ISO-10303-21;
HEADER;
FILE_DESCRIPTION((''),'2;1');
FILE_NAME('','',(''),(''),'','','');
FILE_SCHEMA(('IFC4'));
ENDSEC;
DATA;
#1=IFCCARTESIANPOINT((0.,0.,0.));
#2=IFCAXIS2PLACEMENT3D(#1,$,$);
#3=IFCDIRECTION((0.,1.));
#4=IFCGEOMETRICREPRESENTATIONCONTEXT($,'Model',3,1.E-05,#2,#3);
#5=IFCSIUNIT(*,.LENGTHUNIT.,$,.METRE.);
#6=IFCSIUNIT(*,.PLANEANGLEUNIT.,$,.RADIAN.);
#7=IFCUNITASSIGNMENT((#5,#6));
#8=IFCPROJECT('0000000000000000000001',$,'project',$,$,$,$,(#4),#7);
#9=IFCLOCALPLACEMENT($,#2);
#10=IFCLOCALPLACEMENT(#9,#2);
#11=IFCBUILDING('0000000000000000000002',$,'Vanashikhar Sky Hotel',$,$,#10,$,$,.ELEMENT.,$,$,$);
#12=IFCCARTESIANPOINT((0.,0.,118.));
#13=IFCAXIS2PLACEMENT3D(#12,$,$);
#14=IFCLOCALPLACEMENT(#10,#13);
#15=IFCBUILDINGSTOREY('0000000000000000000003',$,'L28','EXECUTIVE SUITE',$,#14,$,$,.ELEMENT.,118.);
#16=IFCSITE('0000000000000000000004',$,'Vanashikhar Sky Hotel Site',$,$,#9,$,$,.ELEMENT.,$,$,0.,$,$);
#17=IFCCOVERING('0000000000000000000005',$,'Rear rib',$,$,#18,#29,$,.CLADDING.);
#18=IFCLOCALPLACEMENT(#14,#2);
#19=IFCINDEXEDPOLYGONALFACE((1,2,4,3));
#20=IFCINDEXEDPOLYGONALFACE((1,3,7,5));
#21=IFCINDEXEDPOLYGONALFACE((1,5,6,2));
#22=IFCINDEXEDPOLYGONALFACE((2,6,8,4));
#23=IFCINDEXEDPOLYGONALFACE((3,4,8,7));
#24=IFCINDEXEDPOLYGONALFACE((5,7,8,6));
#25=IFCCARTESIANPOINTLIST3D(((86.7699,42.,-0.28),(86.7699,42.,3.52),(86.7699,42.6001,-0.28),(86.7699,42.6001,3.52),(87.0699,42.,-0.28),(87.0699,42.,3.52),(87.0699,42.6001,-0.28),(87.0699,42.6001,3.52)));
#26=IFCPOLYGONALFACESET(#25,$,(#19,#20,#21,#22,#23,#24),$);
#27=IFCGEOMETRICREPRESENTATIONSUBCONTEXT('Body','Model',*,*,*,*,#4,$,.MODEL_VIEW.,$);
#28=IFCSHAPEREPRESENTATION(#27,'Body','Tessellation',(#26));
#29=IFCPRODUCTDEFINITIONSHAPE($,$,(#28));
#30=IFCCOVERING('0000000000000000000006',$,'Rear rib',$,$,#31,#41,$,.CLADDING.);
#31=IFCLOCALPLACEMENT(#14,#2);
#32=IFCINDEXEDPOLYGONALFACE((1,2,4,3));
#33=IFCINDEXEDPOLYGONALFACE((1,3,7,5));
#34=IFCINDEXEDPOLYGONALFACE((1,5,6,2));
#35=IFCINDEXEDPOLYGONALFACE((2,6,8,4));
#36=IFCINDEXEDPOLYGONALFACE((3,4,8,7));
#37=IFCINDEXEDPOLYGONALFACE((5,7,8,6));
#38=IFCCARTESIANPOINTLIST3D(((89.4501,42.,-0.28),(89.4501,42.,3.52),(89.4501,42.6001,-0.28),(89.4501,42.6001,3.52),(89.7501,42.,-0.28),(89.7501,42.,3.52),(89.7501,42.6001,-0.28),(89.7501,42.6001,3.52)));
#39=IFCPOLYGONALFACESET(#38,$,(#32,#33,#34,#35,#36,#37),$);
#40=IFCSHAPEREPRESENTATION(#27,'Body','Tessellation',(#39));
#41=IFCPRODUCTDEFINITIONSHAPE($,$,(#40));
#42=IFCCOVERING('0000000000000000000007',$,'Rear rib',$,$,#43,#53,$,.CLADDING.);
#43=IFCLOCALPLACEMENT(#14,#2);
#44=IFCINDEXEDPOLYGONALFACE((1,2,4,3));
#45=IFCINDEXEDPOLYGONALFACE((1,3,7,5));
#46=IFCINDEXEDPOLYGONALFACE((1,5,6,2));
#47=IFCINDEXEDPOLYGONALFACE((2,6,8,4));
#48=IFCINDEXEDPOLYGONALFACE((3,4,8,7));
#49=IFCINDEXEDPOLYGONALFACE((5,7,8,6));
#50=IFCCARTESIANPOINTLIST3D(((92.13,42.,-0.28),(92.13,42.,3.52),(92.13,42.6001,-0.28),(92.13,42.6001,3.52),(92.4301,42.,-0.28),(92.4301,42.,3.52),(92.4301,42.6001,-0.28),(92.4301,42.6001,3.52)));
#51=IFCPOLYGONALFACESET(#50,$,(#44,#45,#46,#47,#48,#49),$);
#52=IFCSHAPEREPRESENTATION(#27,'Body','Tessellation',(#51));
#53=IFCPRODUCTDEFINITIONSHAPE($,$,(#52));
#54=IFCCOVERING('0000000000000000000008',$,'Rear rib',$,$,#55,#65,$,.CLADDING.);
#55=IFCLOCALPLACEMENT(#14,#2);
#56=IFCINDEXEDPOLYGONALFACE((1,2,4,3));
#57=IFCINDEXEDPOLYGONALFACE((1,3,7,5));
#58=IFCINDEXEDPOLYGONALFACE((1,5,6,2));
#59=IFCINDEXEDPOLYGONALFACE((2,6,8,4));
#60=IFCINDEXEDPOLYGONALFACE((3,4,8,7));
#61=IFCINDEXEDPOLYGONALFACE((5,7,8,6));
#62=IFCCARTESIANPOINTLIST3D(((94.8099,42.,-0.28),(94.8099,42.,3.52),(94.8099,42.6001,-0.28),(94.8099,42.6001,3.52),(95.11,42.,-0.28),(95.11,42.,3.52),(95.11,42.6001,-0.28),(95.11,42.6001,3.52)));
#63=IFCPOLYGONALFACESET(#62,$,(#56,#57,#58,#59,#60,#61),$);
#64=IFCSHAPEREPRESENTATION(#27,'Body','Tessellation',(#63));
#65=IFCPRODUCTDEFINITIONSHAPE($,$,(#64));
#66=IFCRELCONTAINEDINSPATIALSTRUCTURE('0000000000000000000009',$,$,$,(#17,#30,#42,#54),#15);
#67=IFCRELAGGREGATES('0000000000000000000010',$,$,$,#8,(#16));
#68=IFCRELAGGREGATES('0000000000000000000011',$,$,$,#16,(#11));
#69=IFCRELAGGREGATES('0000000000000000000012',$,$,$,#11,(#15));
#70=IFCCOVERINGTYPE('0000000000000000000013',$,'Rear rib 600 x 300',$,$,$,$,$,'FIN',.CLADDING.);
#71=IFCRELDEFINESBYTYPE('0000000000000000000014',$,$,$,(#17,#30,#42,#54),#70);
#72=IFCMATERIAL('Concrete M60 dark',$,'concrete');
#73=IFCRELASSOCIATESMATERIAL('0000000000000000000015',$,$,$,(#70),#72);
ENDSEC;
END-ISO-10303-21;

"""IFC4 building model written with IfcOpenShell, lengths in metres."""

from ifc_helpers import new_model, si_unit, direction, frame, origin, origin_2d, place, context, subcontext, project, spatial, rectangle, extrude, source, transform, mapped, material, material_profile, profile_set, type_object, element, save


model = new_model("IFC4")

# Units and contexts
model_context = context("Model", 3, precision=1e-05, world=origin(), true_north=direction((0.0, 1.0)))
body_context = subcontext(model_context, "Body", "Model", "MODEL_VIEW")
ifc_project = project(units=[si_unit("LENGTHUNIT", "METRE"), si_unit("PLANEANGLEUNIT", "RADIAN")], contexts=[model_context])

# Site, building, storey
site_placement = place(None, origin())
site = spatial("IfcSite", under=ifc_project, at=site_placement, Name="Vanashikhar Sky Hotel Site", CompositionType="ELEMENT", RefElevation=0.0)
building_placement = place(site_placement, origin())
building = spatial("IfcBuilding", under=site, at=building_placement, Name="Vanashikhar Sky Hotel", CompositionType="ELEMENT")
storey_placement = place(building_placement, frame((0.0, 0.0, 118.0)))
storey = spatial("IfcBuildingStorey", under=building, at=storey_placement, Name="L28", Description="EXECUTIVE SUITE", CompositionType="ELEMENT", Elevation=118.0)

# Coverings
ifc_material_1 = material(Name="Concrete M60 dark", Category="concrete")
ifc_material_profile_1 = material_profile(ifc_material_1, rectangle(XDim=0.6001, YDim=0.3, at=origin_2d()))
ifc_profile_set_1 = profile_set([ifc_material_profile_1], Name="Rear rib 600 x 300")
covering_type = type_object("IfcCoveringType", Name="Rear rib 600 x 300", ElementType="FIN", PredefinedType="CLADDING", material=ifc_profile_set_1)
shared_shape_1 = source(origin(), body_context, "Body", "SweptSolid", [
    extrude(rectangle(XDim=0.6001, YDim=0.3, at=origin_2d()), origin(), (0.0, 0.0, 1.0), 3.8),
])
for number, where, z_axis, x_axis, name in (
    (1, (86.9199, 42.3, -0.28), (0.0, 0.0, 1.0), (0.0, 1.0, 0.0), "Rear rib"),
    (2, (89.6001, 42.3, -0.28), (0.0, 0.0, 1.0), (0.0, 1.0, 0.0), "Rear rib"),
    (3, (92.28, 42.3, -0.28), (0.0, 0.0, 1.0), (0.0, 1.0, 0.0), "Rear rib"),
    (4, (94.96, 42.3, -0.28), (0.0, 0.0, 1.0), (0.0, 1.0, 0.0), "Rear rib"),
):
    element("IfcCovering", number, at=place(storey_placement, frame(where, z_axis=z_axis, x_axis=x_axis)), inside=storey, type_object=covering_type, Name=name, PredefinedType="CLADDING", context=body_context, shape_type="MappedRepresentation", body=[
        mapped(shared_shape_1, transform((0.0, 0.0, 0.0), scale=1.0)),
    ])

save(model, "model.ifc")
